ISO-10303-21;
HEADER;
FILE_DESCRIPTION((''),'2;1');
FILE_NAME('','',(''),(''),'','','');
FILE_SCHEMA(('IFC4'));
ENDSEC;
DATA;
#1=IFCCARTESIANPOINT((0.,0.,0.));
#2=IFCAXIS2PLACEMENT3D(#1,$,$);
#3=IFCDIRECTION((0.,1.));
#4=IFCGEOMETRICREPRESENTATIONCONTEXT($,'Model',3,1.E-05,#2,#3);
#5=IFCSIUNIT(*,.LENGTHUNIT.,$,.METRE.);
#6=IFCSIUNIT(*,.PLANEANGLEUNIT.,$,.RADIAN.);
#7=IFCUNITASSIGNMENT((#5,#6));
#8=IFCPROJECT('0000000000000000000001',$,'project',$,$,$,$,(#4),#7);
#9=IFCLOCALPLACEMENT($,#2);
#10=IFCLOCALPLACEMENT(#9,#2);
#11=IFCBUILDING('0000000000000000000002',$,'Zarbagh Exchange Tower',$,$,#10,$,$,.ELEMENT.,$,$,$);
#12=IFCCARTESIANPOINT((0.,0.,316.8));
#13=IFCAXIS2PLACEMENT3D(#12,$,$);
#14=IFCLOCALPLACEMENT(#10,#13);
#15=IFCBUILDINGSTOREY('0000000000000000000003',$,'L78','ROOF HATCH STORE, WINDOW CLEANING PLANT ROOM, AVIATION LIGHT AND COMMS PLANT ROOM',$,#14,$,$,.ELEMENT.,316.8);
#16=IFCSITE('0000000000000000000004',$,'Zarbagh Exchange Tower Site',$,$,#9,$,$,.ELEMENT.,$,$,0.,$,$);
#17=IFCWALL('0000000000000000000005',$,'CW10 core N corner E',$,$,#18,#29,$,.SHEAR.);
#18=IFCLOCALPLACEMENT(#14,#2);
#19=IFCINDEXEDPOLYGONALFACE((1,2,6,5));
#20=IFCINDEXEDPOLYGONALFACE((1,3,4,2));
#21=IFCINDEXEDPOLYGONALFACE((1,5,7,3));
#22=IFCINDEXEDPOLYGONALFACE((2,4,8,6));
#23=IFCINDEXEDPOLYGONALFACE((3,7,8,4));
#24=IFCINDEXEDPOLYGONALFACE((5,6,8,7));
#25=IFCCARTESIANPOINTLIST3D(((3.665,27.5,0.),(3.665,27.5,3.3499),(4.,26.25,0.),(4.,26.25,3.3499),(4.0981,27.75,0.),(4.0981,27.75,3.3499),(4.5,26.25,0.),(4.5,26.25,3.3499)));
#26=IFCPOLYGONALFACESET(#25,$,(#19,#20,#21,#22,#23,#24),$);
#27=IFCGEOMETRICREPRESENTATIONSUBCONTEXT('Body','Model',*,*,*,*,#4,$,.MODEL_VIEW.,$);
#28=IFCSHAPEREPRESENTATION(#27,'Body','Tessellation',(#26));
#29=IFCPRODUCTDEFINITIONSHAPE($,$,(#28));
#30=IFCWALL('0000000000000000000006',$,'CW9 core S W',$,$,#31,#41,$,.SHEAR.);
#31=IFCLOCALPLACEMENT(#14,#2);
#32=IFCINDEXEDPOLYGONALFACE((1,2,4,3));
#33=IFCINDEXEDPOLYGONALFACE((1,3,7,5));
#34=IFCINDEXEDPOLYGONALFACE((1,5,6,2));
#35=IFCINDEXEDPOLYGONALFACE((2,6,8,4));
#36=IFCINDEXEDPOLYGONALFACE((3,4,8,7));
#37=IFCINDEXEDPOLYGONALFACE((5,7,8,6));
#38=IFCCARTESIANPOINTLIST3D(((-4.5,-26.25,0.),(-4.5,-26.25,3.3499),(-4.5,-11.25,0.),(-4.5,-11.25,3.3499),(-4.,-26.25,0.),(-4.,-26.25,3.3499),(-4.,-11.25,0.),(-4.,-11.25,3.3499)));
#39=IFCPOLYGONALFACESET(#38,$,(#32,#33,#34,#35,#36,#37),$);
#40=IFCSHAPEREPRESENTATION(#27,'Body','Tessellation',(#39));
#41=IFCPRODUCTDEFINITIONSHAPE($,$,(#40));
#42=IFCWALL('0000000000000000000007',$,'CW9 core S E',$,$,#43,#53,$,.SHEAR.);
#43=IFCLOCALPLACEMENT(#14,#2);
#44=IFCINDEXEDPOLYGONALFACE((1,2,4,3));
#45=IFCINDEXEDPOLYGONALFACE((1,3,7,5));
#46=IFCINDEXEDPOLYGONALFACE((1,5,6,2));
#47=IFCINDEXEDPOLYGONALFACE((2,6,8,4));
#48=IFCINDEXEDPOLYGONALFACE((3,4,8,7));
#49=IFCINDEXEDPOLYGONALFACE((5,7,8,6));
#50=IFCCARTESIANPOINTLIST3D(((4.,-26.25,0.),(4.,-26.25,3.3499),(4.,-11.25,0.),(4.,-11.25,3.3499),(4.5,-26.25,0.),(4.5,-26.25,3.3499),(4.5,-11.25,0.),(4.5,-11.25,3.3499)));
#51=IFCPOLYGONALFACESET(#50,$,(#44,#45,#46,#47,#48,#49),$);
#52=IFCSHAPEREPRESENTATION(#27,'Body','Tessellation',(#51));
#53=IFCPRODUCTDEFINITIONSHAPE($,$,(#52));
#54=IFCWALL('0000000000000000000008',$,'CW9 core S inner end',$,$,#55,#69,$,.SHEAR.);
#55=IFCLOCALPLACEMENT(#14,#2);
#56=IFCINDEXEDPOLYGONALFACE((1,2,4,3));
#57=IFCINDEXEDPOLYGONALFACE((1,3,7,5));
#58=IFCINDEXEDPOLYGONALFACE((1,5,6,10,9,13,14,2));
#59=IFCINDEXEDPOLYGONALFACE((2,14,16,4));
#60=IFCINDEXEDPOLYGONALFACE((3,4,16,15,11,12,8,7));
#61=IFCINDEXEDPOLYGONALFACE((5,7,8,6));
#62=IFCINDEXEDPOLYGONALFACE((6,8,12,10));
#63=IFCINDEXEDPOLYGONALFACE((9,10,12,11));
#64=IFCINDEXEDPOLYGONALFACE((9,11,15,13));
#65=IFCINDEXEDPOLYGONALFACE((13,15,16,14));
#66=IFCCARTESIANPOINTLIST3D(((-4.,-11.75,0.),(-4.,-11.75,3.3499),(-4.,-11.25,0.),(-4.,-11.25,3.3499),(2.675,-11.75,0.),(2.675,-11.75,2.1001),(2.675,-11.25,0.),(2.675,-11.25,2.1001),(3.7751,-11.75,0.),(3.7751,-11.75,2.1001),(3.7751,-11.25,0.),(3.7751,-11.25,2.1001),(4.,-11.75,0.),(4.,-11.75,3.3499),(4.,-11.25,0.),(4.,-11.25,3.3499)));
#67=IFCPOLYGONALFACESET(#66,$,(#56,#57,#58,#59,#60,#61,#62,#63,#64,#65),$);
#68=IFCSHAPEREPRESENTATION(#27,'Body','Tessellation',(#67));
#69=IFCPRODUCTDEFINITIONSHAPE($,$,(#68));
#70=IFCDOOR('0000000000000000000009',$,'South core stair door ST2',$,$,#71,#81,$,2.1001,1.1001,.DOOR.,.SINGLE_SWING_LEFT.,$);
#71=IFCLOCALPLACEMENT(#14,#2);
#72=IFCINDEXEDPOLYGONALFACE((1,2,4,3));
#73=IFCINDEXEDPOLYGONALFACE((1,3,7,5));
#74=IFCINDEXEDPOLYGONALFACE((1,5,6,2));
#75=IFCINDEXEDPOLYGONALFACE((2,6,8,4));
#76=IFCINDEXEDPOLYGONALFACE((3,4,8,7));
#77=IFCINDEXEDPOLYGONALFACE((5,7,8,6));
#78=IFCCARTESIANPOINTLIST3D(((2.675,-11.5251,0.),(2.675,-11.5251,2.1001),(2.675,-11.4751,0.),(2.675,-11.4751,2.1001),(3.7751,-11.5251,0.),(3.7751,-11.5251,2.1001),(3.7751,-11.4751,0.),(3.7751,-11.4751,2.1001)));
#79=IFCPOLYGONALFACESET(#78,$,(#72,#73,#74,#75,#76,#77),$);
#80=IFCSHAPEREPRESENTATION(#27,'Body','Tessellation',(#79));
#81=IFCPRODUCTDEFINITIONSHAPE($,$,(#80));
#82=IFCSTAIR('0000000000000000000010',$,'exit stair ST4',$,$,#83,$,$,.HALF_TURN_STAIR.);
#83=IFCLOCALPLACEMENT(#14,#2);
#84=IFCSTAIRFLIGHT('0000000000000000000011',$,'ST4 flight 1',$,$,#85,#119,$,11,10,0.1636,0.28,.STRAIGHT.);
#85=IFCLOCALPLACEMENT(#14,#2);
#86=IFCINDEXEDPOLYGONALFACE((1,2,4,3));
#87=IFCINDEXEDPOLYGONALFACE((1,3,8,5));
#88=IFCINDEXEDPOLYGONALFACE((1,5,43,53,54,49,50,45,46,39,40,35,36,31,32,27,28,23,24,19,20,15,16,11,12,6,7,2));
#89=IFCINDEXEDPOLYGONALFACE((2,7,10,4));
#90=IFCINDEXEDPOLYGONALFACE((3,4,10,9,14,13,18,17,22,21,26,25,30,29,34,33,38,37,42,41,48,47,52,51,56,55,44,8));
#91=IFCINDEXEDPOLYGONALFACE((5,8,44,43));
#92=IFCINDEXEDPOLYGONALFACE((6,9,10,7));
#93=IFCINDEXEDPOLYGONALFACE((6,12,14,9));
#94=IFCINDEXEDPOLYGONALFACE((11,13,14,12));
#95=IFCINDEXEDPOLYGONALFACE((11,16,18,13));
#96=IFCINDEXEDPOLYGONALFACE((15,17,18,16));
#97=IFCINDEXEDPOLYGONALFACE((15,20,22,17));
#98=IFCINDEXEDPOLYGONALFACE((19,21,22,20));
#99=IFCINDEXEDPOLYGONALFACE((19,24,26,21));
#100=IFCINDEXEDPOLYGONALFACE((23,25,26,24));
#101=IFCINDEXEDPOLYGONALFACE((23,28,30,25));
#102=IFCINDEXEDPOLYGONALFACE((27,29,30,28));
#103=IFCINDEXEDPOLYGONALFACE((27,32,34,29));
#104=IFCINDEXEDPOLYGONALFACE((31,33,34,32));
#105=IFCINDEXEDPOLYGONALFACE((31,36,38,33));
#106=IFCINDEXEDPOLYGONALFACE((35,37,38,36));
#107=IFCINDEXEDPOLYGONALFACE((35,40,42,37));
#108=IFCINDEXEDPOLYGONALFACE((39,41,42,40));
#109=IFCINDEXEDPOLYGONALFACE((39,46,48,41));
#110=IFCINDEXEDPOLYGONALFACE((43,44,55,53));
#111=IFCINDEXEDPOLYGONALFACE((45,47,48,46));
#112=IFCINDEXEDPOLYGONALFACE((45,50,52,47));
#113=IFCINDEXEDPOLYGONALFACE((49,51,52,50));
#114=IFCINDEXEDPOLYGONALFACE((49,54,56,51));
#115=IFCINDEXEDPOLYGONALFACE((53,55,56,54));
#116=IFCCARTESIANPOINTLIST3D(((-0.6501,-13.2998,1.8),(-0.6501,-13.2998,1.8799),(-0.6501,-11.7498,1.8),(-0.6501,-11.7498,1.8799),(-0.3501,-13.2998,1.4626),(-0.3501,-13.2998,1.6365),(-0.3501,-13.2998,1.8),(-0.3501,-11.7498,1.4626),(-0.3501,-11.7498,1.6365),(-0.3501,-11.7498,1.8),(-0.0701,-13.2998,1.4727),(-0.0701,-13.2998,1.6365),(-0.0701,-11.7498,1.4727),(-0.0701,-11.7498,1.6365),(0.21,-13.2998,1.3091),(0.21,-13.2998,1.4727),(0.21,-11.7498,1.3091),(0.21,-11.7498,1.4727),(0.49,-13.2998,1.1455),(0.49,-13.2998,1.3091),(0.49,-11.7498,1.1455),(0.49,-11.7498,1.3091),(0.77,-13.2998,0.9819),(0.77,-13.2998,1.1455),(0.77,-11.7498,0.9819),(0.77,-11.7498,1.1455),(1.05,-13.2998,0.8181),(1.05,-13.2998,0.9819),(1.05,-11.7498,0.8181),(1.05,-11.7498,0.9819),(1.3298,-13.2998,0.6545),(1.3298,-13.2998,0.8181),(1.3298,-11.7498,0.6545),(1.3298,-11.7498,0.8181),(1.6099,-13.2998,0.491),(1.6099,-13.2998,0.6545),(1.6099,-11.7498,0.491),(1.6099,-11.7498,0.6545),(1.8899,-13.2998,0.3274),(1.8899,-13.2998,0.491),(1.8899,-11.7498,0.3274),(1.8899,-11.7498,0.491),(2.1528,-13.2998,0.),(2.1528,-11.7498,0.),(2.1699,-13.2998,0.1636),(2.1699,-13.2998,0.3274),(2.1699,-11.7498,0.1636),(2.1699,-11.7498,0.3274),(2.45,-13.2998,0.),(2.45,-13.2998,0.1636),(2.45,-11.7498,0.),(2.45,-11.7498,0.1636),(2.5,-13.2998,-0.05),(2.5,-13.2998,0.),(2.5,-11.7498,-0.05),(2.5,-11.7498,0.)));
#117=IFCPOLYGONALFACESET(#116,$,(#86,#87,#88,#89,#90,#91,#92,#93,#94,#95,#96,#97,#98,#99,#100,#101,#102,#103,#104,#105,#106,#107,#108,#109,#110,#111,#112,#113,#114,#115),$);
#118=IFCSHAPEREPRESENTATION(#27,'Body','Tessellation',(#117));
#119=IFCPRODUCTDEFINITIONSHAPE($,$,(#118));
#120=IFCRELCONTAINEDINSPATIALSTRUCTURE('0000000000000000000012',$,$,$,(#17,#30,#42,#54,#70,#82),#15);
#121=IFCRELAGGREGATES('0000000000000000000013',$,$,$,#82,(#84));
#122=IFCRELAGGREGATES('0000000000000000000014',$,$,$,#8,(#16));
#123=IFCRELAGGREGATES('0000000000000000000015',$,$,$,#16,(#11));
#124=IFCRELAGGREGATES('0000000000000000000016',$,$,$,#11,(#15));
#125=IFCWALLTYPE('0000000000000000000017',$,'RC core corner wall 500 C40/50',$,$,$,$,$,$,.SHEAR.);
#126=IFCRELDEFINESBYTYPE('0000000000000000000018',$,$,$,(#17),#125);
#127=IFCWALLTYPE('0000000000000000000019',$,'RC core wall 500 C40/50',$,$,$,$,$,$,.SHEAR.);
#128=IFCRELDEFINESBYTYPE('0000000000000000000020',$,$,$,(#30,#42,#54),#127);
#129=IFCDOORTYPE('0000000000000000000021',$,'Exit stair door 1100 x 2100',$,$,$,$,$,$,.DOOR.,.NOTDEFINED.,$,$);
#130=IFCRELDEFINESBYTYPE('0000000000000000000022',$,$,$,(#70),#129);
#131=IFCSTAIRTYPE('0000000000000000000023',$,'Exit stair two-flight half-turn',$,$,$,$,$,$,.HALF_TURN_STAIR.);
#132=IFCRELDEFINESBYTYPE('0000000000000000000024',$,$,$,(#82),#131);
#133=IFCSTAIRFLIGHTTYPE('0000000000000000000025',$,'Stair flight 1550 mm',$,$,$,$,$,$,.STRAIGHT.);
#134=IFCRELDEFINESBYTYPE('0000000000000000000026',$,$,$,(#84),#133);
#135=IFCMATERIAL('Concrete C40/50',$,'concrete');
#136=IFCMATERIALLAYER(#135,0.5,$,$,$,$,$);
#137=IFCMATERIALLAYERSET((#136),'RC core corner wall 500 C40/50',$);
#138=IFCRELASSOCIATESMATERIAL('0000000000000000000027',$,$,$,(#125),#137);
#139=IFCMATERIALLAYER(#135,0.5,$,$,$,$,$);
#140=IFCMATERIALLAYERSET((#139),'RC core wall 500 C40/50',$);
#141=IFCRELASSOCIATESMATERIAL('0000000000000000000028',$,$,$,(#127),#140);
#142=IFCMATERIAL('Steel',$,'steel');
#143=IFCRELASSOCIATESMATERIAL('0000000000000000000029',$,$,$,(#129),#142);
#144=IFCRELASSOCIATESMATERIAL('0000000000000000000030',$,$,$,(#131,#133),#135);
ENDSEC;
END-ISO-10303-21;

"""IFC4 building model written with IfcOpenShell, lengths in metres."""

from ifc_helpers import new_model, si_unit, direction, frame, frame_2d, origin, place, context, subcontext, project, spatial, polyline, rectangle, outline, extrude, material, layer, layer_set, type_object, element, fill, aggregate, save


model = new_model("IFC4")

# Units and contexts
model_context = context("Model", 3, precision=1e-05, world=origin(), true_north=direction((0.0, 1.0)))
body_context = subcontext(model_context, "Body", "Model", "MODEL_VIEW")
ifc_project = project(units=[si_unit("LENGTHUNIT", "METRE"), si_unit("PLANEANGLEUNIT", "RADIAN")], contexts=[model_context])

# Site, building, storey
site_placement = place(None, origin())
site = spatial("IfcSite", under=ifc_project, at=site_placement, Name="Zarbagh Exchange Tower Site", CompositionType="ELEMENT", RefElevation=0.0)
building_placement = place(site_placement, origin())
building = spatial("IfcBuilding", under=site, at=building_placement, Name="Zarbagh Exchange Tower", CompositionType="ELEMENT")
storey_placement = place(building_placement, frame((0.0, 0.0, 316.8)))
storey = spatial("IfcBuildingStorey", under=building, at=storey_placement, Name="L78", Description="ROOF HATCH STORE, WINDOW CLEANING PLANT ROOM, AVIATION LIGHT AND COMMS PLANT ROOM", CompositionType="ELEMENT", Elevation=316.8)

# Shared definitions
ifc_material_1 = material(Name="Concrete C40/50", Category="concrete")

# Walls
ifc_layer_1 = layer(ifc_material_1, 0.5)
ifc_layer_set_1 = layer_set([ifc_layer_1], Name="RC core corner wall 500 C40/50")
wall_type_1 = type_object("IfcWallType", Name="RC core corner wall 500 C40/50", PredefinedType="SHEAR", material=ifc_layer_set_1)
wall_1_placement = place(storey_placement, origin())
element("IfcWall", 1, at=wall_1_placement, inside=storey, type_object=wall_type_1, Name="CW10 core N corner E", PredefinedType="SHEAR", context=body_context, shape_type="SweptSolid", body=[
    extrude(outline(polyline([(4.5, 26.25), (4.0981, 27.75), (3.665, 27.5), (4.0, 26.25), (4.5, 26.25)])), origin(), (0.0, 0.0, 1.0), 3.3499),
])
ifc_layer_2 = layer(ifc_material_1, 0.5)
ifc_layer_set_2 = layer_set([ifc_layer_2], Name="RC core wall 500 C40/50")
wall_type_2 = type_object("IfcWallType", Name="RC core wall 500 C40/50", PredefinedType="SHEAR", material=ifc_layer_set_2)
for number, where, z_axis, x_axis, name in (
    (2, (-4.25, -11.25, 0.0), (0.0, 0.0, 1.0), (0.0, -1.0, 0.0), "CW9 core S W"),
    (3, (4.25, -11.25, 0.0), (0.0, 0.0, 1.0), (0.0, -1.0, 0.0), "CW9 core S E"),
):
    element("IfcWall", number, at=place(storey_placement, frame(where, z_axis=z_axis, x_axis=x_axis)), inside=storey, type_object=wall_type_2, Name=name, PredefinedType="SHEAR", context=body_context, shape_type="SweptSolid", body=[
        extrude(rectangle(XDim=15.0, YDim=0.5, at=frame_2d((7.5, 0.0))), origin(), (0.0, 0.0, 1.0), 3.3499),
    ])

# Wall, opening, door
wall_2_placement = place(storey_placement, frame((-4.0, -11.5, 0.0), z_axis=(0.0, 0.0, 1.0), x_axis=(1.0, 0.0, 0.0)))
wall_2 = element("IfcWall", 4, at=wall_2_placement, inside=storey, type_object=wall_type_2, Name="CW9 core S inner end", PredefinedType="SHEAR", context=body_context, shape_type="SweptSolid", body=[
    extrude(rectangle(XDim=8.0, YDim=0.5, at=frame_2d((4.0, 0.0))), origin(), (0.0, 0.0, 1.0), 3.3499),
])
opening_1_placement = place(wall_2_placement, frame((6.675, 0.0, 0.0)))
opening_1 = element("IfcOpeningElement", 5, at=opening_1_placement, cuts=wall_2, PredefinedType="OPENING", context=body_context, shape_type="SweptSolid", body=[
    extrude(rectangle(XDim=1.1001, YDim=2.1001, at=frame_2d((0.55, 1.05))), frame((0.0, 0.26, 0.0), z_axis=(0.0, -1.0, 0.0), x_axis=(1.0, 0.0, 0.0)), (0.0, 0.0, 1.0), 0.52),
])
ifc_material_2 = material(Name="Steel", Category="steel")
door_type_1 = type_object("IfcDoorType", Name="Exit stair door 1100 x 2100", OperationType="NOTDEFINED", PredefinedType="DOOR", material=ifc_material_2)
door_1_placement = place(opening_1_placement, origin())
door_1 = element("IfcDoor", 6, at=door_1_placement, inside=storey, type_object=door_type_1, Name="South core stair door ST2", OperationType="SINGLE_SWING_LEFT", OverallHeight=2.1001, OverallWidth=1.1001, PredefinedType="DOOR", context=body_context, shape_type="SweptSolid", body=[
    extrude(rectangle(XDim=1.1001, YDim=2.1001, at=frame_2d((0.55, 1.05))), frame((0.0, 0.0249, 0.0), z_axis=(0.0, -1.0, 0.0), x_axis=(1.0, 0.0, 0.0)), (0.0, 0.0, 1.0), 0.05),
])
fill(opening_1, door_1)

# Stair, stair flight
stair_type = type_object("IfcStairType", Name="Exit stair two-flight half-turn", PredefinedType="HALF_TURN_STAIR", material=ifc_material_1)
stair_placement = place(storey_placement, origin())
stair = element("IfcStair", 7, at=stair_placement, inside=storey, type_object=stair_type, Name="exit stair ST4", PredefinedType="HALF_TURN_STAIR")
stair_flight_type = type_object("IfcStairFlightType", Name="Stair flight 1550 mm", PredefinedType="STRAIGHT", material=ifc_material_1)
stair_flight_placement = place(storey_placement, frame((2.45, -12.5249, 0.0), z_axis=(0.0, 0.0, 1.0), x_axis=(-1.0, 0.0, 0.0)))
stair_flight = element("IfcStairFlight", 8, at=stair_flight_placement, type_object=stair_flight_type, Name="ST4 flight 1", NumberOfRisers=11, NumberOfTreads=10, PredefinedType="STRAIGHT", RiserHeight=0.1636, TreadLength=0.28, context=body_context, shape_type="SweptSolid", body=[
    extrude(outline(polyline([(-0.05, -0.05), (-0.05, 0.0), (0.0, 0.0), (0.0, 0.1636), (0.28, 0.1636), (0.28, 0.3274), (0.5601, 0.3274), (0.5601, 0.491), (0.8401, 0.491), (0.8401, 0.6545), (1.1201, 0.6545), (1.1201, 0.8181), (1.3999, 0.8181), (1.3999, 0.9819), (1.6799, 0.9819), (1.6799, 1.1455), (1.96, 1.1455), (1.96, 1.3091), (2.24, 1.3091), (2.24, 1.4727), (2.52, 1.4727), (2.52, 1.6365), (2.8, 1.6365), (2.8, 1.8), (3.1001, 1.8799), (3.1001, 1.8), (2.8, 1.4626), (0.2971, 0.0), (-0.05, -0.05)])), frame((0.0, 0.7749, 0.0), z_axis=(0.0, -1.0, 0.0), x_axis=(1.0, 0.0, 0.0)), (0.0, 0.0, 1.0), 1.55),
])
aggregate(stair, [stair_flight])

save(model, "model.ifc")
